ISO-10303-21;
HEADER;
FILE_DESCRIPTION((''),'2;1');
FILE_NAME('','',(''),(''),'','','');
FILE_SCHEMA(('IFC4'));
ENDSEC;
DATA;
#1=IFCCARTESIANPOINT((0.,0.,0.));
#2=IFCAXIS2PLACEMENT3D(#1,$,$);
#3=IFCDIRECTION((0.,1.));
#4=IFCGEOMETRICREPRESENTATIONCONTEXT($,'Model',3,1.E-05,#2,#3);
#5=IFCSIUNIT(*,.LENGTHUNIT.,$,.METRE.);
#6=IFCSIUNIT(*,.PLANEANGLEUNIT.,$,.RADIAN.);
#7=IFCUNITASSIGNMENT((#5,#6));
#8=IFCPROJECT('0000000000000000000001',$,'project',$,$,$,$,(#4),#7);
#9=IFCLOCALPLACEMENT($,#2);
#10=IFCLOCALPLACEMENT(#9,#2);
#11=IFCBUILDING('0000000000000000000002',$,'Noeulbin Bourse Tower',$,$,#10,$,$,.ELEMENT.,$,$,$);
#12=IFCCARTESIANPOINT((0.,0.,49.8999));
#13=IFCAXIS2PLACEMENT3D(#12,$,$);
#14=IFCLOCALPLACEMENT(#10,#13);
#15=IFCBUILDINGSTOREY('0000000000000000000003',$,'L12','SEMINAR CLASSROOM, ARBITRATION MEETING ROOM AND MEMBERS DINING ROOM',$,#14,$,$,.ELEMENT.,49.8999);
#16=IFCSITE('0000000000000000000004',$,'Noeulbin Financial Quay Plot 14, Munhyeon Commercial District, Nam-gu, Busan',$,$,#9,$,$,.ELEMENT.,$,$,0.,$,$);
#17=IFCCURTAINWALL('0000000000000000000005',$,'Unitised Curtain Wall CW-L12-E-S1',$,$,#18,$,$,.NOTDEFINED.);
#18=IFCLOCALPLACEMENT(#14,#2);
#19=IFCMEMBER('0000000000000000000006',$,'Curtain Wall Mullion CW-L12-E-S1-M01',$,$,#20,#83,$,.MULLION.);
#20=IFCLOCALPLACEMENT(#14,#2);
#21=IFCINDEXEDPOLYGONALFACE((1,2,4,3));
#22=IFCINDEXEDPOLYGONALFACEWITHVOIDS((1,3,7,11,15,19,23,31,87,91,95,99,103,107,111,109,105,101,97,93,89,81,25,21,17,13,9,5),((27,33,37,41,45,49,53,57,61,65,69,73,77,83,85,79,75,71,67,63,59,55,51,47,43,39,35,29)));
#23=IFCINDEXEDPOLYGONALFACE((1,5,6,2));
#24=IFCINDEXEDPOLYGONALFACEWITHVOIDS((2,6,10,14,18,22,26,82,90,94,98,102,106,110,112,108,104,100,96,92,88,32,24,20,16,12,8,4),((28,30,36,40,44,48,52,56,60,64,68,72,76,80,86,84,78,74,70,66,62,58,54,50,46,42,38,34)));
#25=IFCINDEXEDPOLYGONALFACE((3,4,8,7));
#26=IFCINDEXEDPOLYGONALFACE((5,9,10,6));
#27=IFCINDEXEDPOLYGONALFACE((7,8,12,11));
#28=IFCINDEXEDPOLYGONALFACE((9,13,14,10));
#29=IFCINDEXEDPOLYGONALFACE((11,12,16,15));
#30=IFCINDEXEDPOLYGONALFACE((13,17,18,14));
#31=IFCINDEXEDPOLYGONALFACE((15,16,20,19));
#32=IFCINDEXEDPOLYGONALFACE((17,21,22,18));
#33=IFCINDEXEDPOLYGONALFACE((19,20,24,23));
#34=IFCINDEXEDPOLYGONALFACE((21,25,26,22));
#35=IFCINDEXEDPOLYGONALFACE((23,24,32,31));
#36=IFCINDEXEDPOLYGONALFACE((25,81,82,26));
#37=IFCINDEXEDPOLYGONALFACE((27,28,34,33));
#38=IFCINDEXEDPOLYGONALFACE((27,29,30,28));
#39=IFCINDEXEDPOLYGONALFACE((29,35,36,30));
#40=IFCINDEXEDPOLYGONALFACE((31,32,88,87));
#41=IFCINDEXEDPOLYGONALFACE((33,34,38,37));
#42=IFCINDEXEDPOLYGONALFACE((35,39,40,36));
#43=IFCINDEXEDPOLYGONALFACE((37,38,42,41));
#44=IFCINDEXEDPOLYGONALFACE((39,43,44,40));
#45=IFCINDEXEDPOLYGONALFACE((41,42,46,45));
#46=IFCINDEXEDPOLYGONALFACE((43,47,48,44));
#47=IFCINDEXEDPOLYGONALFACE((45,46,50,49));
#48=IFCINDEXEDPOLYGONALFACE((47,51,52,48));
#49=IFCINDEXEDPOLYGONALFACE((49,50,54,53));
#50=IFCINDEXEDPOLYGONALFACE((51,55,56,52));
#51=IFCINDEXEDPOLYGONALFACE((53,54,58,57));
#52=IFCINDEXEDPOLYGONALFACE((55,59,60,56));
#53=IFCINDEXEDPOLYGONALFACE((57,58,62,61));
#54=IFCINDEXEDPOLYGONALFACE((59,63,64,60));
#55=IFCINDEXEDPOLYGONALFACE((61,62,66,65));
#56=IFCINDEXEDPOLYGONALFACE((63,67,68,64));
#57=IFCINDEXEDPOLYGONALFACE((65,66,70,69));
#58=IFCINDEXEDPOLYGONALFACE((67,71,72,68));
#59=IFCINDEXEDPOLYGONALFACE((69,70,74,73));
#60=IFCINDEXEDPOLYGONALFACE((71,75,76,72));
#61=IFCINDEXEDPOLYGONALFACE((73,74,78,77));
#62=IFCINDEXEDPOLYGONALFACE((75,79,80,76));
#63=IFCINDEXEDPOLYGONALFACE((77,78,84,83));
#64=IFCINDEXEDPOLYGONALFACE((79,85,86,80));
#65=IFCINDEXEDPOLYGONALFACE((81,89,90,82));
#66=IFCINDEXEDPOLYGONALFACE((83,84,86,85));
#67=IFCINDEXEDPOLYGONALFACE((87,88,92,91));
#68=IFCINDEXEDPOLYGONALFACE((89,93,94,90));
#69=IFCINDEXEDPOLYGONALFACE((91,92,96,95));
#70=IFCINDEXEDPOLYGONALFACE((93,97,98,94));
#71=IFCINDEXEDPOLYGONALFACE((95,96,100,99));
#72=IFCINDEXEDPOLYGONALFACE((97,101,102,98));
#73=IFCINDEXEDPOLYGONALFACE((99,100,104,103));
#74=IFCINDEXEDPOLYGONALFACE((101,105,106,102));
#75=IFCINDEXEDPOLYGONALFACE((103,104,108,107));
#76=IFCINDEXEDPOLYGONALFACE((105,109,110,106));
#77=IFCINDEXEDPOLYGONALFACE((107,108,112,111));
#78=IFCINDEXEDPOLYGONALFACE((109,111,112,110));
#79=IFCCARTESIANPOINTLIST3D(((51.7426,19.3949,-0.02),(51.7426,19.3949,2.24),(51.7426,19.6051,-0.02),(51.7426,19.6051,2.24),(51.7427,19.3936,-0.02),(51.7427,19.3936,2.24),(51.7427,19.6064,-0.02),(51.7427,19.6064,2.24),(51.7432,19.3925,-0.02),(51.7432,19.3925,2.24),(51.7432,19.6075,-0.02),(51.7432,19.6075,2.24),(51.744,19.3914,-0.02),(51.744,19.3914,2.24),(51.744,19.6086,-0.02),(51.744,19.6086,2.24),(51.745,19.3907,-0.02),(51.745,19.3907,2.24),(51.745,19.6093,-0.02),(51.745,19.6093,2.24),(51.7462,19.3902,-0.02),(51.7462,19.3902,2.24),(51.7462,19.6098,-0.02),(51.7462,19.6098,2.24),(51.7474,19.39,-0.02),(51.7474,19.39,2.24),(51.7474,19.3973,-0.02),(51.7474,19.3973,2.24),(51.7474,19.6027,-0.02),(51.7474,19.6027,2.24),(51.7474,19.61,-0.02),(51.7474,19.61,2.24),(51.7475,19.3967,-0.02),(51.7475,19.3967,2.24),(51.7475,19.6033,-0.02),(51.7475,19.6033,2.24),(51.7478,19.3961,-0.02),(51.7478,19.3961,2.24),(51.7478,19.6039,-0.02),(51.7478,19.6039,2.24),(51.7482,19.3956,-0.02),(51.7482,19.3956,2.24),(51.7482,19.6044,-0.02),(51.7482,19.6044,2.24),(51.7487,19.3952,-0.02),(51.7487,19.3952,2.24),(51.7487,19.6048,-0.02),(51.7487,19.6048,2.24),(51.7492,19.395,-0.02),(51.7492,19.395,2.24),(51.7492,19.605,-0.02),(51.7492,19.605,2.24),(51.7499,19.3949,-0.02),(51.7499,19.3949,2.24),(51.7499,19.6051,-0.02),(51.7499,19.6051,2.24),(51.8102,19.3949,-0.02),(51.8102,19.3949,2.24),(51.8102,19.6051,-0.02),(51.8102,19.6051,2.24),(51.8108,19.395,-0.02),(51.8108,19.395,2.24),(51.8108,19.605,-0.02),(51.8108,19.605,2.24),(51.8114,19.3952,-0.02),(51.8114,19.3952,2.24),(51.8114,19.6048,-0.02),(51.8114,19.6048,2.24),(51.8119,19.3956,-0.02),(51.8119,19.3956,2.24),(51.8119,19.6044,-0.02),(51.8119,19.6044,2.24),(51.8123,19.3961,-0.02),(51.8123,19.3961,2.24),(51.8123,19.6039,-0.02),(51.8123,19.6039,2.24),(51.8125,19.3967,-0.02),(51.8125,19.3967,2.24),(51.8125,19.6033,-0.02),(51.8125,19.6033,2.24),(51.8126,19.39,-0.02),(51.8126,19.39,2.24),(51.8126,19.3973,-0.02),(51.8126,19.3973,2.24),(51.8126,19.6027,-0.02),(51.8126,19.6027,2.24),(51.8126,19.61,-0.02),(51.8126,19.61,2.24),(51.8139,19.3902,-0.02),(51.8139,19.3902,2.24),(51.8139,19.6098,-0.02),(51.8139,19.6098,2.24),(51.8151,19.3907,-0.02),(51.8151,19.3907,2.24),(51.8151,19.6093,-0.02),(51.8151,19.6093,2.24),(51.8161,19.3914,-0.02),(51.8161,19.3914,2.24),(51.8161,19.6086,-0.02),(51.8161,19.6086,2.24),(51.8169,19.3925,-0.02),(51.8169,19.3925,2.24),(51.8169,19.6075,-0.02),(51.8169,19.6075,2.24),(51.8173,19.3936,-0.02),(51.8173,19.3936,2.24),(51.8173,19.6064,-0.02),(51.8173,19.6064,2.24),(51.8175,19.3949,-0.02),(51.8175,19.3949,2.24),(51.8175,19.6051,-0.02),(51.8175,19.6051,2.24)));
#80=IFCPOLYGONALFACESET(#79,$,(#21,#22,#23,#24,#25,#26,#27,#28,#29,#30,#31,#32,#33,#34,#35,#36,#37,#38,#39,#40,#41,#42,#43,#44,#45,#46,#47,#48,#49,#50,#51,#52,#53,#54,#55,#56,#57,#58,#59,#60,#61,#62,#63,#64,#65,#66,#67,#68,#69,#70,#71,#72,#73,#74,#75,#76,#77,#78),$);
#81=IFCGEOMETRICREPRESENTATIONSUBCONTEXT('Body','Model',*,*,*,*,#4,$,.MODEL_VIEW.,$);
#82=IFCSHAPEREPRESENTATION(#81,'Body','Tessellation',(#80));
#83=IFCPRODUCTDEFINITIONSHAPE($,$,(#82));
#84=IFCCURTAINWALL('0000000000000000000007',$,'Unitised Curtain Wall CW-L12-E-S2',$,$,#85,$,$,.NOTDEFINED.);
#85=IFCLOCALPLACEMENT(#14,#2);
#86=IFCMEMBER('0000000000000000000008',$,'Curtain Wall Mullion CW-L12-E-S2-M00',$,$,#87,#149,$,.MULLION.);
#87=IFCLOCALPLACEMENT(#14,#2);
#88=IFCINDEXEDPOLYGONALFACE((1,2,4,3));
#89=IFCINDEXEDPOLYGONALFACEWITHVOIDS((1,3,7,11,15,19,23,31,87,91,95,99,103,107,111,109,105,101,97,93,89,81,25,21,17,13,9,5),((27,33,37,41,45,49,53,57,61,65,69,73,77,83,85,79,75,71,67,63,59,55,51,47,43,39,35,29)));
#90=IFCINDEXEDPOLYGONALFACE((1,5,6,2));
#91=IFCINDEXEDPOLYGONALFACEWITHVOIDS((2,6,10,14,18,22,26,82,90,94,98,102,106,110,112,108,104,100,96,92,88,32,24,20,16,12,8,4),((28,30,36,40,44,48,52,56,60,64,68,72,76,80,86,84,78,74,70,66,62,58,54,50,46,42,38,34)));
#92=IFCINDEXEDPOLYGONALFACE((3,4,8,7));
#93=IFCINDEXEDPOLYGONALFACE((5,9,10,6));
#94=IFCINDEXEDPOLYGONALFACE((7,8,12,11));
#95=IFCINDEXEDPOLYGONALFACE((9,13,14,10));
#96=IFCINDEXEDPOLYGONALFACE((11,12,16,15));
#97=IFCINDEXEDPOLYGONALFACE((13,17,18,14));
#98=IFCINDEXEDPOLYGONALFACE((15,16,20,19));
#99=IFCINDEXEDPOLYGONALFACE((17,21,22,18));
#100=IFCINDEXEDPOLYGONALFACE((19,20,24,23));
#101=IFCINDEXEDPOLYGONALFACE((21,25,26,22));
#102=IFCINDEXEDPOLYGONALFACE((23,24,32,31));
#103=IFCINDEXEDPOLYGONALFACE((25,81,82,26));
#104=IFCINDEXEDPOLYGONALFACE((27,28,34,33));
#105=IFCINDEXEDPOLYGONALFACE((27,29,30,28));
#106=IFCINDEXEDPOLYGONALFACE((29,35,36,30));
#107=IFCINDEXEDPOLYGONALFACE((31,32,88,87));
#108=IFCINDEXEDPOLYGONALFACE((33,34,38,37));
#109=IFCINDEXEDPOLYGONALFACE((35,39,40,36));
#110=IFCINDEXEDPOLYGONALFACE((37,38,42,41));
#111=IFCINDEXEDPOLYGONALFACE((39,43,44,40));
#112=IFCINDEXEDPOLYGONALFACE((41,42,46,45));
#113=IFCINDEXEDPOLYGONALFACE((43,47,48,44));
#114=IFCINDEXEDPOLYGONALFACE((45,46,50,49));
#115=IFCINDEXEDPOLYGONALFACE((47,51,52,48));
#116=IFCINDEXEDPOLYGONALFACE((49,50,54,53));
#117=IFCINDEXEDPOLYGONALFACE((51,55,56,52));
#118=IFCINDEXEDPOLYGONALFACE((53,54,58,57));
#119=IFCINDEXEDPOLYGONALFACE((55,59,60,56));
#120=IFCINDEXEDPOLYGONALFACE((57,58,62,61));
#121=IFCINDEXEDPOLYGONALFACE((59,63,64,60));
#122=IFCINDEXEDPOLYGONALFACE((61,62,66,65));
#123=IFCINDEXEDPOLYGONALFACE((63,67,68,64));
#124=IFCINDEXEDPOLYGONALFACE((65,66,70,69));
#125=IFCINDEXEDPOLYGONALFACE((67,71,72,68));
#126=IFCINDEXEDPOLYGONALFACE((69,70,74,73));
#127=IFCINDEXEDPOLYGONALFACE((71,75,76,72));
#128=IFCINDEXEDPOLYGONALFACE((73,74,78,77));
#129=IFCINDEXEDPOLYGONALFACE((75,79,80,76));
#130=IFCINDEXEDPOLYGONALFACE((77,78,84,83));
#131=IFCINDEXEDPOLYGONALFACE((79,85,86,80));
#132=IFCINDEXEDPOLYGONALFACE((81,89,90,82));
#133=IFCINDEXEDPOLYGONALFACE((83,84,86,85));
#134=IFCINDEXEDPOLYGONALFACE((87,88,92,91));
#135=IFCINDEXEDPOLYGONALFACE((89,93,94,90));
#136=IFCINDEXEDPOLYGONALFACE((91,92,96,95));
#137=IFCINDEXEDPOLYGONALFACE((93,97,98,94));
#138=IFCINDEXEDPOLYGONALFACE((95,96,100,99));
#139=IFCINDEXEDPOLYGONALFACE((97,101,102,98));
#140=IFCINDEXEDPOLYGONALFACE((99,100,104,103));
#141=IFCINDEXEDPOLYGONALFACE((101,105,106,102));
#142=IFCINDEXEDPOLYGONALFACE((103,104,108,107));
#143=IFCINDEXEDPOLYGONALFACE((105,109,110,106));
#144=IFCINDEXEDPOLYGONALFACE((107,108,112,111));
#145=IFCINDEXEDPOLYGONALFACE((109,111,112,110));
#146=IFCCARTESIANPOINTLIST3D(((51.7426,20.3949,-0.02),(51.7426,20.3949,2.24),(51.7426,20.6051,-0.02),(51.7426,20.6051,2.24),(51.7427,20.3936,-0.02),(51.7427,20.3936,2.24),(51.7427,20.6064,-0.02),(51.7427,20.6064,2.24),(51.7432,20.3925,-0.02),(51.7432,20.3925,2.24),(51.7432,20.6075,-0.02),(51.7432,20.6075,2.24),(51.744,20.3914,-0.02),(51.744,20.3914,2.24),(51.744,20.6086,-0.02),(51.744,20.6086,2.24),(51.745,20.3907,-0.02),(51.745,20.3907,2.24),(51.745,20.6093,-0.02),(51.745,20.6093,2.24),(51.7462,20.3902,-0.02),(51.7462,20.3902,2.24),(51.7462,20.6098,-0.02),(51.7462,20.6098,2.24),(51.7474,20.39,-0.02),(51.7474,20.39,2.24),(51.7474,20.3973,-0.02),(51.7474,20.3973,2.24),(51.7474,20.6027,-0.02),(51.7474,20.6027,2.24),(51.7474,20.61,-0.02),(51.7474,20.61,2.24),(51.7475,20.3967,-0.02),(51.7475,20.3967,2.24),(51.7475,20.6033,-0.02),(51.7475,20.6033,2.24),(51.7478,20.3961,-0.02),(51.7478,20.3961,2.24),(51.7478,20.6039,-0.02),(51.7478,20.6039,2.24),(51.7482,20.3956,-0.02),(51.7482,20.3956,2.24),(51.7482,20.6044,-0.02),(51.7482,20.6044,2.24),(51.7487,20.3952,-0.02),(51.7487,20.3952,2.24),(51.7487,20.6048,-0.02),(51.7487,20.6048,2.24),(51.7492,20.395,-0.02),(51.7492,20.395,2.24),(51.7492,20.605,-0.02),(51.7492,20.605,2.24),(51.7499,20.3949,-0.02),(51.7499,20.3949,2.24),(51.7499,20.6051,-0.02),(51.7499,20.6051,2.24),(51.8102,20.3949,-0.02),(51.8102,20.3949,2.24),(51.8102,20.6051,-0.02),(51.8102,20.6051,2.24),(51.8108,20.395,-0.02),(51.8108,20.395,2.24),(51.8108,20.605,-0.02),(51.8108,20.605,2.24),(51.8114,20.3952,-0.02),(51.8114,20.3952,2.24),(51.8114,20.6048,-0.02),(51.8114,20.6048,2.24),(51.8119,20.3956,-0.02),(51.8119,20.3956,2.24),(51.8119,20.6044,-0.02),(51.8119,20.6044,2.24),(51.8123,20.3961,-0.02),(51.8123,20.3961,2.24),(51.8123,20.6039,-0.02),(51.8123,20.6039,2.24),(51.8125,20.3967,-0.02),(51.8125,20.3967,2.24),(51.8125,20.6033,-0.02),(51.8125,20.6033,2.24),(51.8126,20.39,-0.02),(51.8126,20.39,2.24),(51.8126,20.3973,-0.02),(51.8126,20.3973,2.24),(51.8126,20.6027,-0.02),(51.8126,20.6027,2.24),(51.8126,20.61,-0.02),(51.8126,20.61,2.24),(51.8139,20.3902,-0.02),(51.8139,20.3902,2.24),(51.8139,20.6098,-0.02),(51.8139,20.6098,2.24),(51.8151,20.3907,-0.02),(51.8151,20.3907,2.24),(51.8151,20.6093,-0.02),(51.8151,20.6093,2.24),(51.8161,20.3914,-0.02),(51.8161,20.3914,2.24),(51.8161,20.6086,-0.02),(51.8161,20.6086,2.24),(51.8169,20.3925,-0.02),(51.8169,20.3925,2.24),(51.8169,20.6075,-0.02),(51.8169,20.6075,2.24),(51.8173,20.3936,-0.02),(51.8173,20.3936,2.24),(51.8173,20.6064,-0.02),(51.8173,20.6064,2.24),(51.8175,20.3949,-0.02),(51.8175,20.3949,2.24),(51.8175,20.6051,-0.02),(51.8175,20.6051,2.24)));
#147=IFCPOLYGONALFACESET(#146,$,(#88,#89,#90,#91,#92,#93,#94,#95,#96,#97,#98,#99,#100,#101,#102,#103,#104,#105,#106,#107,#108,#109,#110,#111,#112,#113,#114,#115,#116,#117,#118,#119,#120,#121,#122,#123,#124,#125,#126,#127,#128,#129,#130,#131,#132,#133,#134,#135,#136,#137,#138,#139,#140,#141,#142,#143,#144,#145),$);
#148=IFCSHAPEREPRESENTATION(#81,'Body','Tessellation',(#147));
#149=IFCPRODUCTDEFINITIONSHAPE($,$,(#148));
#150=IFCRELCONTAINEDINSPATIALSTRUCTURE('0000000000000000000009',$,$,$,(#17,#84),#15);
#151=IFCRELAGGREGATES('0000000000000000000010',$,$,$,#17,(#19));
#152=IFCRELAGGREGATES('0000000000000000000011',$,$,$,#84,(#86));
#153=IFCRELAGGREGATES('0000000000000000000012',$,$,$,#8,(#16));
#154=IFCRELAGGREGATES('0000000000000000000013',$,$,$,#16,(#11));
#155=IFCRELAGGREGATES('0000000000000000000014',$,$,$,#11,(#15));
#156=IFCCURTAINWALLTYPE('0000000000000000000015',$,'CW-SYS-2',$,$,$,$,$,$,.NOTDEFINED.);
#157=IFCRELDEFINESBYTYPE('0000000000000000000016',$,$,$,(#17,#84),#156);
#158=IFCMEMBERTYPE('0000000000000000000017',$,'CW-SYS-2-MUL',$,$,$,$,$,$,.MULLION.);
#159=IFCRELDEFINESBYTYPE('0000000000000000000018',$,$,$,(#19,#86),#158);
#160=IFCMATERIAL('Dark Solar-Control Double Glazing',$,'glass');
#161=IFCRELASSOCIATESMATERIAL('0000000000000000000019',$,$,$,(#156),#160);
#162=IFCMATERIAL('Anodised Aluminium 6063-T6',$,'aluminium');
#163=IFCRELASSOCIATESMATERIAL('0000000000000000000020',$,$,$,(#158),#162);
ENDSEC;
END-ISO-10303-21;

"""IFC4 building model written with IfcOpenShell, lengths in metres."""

from ifc_helpers import new_model, si_unit, direction, frame, origin, origin_2d, place, context, subcontext, project, spatial, hollow_rectangle, extrude, material, material_profile, profile_set, type_object, element, aggregate, save


model = new_model("IFC4")

# Units and contexts
model_context = context("Model", 3, precision=1e-05, world=origin(), true_north=direction((0.0, 1.0)))
body_context = subcontext(model_context, "Body", "Model", "MODEL_VIEW")
ifc_project = project(units=[si_unit("LENGTHUNIT", "METRE"), si_unit("PLANEANGLEUNIT", "RADIAN")], contexts=[model_context])

# Site, building, storey
site_placement = place(None, origin())
site = spatial("IfcSite", under=ifc_project, at=site_placement, Name="Noeulbin Financial Quay Plot 14, Munhyeon Commercial District, Nam-gu, Busan", CompositionType="ELEMENT", RefElevation=0.0)
building_placement = place(site_placement, origin())
building = spatial("IfcBuilding", under=site, at=building_placement, Name="Noeulbin Bourse Tower", CompositionType="ELEMENT")
storey_placement = place(building_placement, frame((0.0, 0.0, 49.8999)))
storey = spatial("IfcBuildingStorey", under=building, at=storey_placement, Name="L12", Description="SEMINAR CLASSROOM, ARBITRATION MEETING ROOM AND MEMBERS DINING ROOM", CompositionType="ELEMENT", Elevation=49.8999)

# Shared definitions
ifc_material_1 = material(Name="Dark Solar-Control Double Glazing", Category="glass")
curtain_wall_type = type_object("IfcCurtainWallType", Name="CW-SYS-2", PredefinedType="NOTDEFINED", material=ifc_material_1)
ifc_material_2 = material(Name="Anodised Aluminium 6063-T6", Category="aluminium")
ifc_material_profile_1 = material_profile(ifc_material_2, hollow_rectangle(XDim=0.075, YDim=0.22, WallThickness=0.0049, InnerFilletRadius=0.0024, OuterFilletRadius=0.0049, at=origin_2d()), Name="ALU-MULL-75x220x5", Category="LoadBearing")
ifc_profile_set_1 = profile_set([ifc_material_profile_1], Name="Anodised Aluminium 6063-T6")
member_type_1 = type_object("IfcMemberType", Name="CW-SYS-2-MUL", PredefinedType="MULLION", material=ifc_profile_set_1)

# Curtain walls, members
curtain_wall_1_placement = place(storey_placement, origin())
curtain_wall_1 = element("IfcCurtainWall", 1, at=curtain_wall_1_placement, inside=storey, type_object=curtain_wall_type, Name="Unitised Curtain Wall CW-L12-E-S1", PredefinedType="NOTDEFINED")
member_1_placement = place(storey_placement, frame((51.78, 19.5, -0.02), z_axis=(0.0, 0.0, 1.0), x_axis=(1.0, 0.0, 0.0)))
member_1 = element("IfcMember", 2, at=member_1_placement, type_object=member_type_1, Name="Curtain Wall Mullion CW-L12-E-S1-M01", PredefinedType="MULLION", context=body_context, shape_type="SweptSolid", body=[
    extrude(hollow_rectangle(XDim=0.075, YDim=0.22, WallThickness=0.0049, InnerFilletRadius=0.0024, OuterFilletRadius=0.0049, at=origin_2d()), origin(), (0.0, 0.0, 1.0), 2.26),
])
curtain_wall_2_placement = place(storey_placement, origin())
curtain_wall_2 = element("IfcCurtainWall", 3, at=curtain_wall_2_placement, inside=storey, type_object=curtain_wall_type, Name="Unitised Curtain Wall CW-L12-E-S2", PredefinedType="NOTDEFINED")
member_2_placement = place(storey_placement, frame((51.78, 20.5, -0.02), z_axis=(0.0, 0.0, 1.0), x_axis=(1.0, 0.0, 0.0)))
member_2 = element("IfcMember", 4, at=member_2_placement, type_object=member_type_1, Name="Curtain Wall Mullion CW-L12-E-S2-M00", PredefinedType="MULLION", context=body_context, shape_type="SweptSolid", body=[
    extrude(hollow_rectangle(XDim=0.075, YDim=0.22, WallThickness=0.0049, InnerFilletRadius=0.0024, OuterFilletRadius=0.0049, at=origin_2d()), origin(), (0.0, 0.0, 1.0), 2.26),
])

aggregate(curtain_wall_1, [member_1])
aggregate(curtain_wall_2, [member_2])

save(model, "model.ifc")
